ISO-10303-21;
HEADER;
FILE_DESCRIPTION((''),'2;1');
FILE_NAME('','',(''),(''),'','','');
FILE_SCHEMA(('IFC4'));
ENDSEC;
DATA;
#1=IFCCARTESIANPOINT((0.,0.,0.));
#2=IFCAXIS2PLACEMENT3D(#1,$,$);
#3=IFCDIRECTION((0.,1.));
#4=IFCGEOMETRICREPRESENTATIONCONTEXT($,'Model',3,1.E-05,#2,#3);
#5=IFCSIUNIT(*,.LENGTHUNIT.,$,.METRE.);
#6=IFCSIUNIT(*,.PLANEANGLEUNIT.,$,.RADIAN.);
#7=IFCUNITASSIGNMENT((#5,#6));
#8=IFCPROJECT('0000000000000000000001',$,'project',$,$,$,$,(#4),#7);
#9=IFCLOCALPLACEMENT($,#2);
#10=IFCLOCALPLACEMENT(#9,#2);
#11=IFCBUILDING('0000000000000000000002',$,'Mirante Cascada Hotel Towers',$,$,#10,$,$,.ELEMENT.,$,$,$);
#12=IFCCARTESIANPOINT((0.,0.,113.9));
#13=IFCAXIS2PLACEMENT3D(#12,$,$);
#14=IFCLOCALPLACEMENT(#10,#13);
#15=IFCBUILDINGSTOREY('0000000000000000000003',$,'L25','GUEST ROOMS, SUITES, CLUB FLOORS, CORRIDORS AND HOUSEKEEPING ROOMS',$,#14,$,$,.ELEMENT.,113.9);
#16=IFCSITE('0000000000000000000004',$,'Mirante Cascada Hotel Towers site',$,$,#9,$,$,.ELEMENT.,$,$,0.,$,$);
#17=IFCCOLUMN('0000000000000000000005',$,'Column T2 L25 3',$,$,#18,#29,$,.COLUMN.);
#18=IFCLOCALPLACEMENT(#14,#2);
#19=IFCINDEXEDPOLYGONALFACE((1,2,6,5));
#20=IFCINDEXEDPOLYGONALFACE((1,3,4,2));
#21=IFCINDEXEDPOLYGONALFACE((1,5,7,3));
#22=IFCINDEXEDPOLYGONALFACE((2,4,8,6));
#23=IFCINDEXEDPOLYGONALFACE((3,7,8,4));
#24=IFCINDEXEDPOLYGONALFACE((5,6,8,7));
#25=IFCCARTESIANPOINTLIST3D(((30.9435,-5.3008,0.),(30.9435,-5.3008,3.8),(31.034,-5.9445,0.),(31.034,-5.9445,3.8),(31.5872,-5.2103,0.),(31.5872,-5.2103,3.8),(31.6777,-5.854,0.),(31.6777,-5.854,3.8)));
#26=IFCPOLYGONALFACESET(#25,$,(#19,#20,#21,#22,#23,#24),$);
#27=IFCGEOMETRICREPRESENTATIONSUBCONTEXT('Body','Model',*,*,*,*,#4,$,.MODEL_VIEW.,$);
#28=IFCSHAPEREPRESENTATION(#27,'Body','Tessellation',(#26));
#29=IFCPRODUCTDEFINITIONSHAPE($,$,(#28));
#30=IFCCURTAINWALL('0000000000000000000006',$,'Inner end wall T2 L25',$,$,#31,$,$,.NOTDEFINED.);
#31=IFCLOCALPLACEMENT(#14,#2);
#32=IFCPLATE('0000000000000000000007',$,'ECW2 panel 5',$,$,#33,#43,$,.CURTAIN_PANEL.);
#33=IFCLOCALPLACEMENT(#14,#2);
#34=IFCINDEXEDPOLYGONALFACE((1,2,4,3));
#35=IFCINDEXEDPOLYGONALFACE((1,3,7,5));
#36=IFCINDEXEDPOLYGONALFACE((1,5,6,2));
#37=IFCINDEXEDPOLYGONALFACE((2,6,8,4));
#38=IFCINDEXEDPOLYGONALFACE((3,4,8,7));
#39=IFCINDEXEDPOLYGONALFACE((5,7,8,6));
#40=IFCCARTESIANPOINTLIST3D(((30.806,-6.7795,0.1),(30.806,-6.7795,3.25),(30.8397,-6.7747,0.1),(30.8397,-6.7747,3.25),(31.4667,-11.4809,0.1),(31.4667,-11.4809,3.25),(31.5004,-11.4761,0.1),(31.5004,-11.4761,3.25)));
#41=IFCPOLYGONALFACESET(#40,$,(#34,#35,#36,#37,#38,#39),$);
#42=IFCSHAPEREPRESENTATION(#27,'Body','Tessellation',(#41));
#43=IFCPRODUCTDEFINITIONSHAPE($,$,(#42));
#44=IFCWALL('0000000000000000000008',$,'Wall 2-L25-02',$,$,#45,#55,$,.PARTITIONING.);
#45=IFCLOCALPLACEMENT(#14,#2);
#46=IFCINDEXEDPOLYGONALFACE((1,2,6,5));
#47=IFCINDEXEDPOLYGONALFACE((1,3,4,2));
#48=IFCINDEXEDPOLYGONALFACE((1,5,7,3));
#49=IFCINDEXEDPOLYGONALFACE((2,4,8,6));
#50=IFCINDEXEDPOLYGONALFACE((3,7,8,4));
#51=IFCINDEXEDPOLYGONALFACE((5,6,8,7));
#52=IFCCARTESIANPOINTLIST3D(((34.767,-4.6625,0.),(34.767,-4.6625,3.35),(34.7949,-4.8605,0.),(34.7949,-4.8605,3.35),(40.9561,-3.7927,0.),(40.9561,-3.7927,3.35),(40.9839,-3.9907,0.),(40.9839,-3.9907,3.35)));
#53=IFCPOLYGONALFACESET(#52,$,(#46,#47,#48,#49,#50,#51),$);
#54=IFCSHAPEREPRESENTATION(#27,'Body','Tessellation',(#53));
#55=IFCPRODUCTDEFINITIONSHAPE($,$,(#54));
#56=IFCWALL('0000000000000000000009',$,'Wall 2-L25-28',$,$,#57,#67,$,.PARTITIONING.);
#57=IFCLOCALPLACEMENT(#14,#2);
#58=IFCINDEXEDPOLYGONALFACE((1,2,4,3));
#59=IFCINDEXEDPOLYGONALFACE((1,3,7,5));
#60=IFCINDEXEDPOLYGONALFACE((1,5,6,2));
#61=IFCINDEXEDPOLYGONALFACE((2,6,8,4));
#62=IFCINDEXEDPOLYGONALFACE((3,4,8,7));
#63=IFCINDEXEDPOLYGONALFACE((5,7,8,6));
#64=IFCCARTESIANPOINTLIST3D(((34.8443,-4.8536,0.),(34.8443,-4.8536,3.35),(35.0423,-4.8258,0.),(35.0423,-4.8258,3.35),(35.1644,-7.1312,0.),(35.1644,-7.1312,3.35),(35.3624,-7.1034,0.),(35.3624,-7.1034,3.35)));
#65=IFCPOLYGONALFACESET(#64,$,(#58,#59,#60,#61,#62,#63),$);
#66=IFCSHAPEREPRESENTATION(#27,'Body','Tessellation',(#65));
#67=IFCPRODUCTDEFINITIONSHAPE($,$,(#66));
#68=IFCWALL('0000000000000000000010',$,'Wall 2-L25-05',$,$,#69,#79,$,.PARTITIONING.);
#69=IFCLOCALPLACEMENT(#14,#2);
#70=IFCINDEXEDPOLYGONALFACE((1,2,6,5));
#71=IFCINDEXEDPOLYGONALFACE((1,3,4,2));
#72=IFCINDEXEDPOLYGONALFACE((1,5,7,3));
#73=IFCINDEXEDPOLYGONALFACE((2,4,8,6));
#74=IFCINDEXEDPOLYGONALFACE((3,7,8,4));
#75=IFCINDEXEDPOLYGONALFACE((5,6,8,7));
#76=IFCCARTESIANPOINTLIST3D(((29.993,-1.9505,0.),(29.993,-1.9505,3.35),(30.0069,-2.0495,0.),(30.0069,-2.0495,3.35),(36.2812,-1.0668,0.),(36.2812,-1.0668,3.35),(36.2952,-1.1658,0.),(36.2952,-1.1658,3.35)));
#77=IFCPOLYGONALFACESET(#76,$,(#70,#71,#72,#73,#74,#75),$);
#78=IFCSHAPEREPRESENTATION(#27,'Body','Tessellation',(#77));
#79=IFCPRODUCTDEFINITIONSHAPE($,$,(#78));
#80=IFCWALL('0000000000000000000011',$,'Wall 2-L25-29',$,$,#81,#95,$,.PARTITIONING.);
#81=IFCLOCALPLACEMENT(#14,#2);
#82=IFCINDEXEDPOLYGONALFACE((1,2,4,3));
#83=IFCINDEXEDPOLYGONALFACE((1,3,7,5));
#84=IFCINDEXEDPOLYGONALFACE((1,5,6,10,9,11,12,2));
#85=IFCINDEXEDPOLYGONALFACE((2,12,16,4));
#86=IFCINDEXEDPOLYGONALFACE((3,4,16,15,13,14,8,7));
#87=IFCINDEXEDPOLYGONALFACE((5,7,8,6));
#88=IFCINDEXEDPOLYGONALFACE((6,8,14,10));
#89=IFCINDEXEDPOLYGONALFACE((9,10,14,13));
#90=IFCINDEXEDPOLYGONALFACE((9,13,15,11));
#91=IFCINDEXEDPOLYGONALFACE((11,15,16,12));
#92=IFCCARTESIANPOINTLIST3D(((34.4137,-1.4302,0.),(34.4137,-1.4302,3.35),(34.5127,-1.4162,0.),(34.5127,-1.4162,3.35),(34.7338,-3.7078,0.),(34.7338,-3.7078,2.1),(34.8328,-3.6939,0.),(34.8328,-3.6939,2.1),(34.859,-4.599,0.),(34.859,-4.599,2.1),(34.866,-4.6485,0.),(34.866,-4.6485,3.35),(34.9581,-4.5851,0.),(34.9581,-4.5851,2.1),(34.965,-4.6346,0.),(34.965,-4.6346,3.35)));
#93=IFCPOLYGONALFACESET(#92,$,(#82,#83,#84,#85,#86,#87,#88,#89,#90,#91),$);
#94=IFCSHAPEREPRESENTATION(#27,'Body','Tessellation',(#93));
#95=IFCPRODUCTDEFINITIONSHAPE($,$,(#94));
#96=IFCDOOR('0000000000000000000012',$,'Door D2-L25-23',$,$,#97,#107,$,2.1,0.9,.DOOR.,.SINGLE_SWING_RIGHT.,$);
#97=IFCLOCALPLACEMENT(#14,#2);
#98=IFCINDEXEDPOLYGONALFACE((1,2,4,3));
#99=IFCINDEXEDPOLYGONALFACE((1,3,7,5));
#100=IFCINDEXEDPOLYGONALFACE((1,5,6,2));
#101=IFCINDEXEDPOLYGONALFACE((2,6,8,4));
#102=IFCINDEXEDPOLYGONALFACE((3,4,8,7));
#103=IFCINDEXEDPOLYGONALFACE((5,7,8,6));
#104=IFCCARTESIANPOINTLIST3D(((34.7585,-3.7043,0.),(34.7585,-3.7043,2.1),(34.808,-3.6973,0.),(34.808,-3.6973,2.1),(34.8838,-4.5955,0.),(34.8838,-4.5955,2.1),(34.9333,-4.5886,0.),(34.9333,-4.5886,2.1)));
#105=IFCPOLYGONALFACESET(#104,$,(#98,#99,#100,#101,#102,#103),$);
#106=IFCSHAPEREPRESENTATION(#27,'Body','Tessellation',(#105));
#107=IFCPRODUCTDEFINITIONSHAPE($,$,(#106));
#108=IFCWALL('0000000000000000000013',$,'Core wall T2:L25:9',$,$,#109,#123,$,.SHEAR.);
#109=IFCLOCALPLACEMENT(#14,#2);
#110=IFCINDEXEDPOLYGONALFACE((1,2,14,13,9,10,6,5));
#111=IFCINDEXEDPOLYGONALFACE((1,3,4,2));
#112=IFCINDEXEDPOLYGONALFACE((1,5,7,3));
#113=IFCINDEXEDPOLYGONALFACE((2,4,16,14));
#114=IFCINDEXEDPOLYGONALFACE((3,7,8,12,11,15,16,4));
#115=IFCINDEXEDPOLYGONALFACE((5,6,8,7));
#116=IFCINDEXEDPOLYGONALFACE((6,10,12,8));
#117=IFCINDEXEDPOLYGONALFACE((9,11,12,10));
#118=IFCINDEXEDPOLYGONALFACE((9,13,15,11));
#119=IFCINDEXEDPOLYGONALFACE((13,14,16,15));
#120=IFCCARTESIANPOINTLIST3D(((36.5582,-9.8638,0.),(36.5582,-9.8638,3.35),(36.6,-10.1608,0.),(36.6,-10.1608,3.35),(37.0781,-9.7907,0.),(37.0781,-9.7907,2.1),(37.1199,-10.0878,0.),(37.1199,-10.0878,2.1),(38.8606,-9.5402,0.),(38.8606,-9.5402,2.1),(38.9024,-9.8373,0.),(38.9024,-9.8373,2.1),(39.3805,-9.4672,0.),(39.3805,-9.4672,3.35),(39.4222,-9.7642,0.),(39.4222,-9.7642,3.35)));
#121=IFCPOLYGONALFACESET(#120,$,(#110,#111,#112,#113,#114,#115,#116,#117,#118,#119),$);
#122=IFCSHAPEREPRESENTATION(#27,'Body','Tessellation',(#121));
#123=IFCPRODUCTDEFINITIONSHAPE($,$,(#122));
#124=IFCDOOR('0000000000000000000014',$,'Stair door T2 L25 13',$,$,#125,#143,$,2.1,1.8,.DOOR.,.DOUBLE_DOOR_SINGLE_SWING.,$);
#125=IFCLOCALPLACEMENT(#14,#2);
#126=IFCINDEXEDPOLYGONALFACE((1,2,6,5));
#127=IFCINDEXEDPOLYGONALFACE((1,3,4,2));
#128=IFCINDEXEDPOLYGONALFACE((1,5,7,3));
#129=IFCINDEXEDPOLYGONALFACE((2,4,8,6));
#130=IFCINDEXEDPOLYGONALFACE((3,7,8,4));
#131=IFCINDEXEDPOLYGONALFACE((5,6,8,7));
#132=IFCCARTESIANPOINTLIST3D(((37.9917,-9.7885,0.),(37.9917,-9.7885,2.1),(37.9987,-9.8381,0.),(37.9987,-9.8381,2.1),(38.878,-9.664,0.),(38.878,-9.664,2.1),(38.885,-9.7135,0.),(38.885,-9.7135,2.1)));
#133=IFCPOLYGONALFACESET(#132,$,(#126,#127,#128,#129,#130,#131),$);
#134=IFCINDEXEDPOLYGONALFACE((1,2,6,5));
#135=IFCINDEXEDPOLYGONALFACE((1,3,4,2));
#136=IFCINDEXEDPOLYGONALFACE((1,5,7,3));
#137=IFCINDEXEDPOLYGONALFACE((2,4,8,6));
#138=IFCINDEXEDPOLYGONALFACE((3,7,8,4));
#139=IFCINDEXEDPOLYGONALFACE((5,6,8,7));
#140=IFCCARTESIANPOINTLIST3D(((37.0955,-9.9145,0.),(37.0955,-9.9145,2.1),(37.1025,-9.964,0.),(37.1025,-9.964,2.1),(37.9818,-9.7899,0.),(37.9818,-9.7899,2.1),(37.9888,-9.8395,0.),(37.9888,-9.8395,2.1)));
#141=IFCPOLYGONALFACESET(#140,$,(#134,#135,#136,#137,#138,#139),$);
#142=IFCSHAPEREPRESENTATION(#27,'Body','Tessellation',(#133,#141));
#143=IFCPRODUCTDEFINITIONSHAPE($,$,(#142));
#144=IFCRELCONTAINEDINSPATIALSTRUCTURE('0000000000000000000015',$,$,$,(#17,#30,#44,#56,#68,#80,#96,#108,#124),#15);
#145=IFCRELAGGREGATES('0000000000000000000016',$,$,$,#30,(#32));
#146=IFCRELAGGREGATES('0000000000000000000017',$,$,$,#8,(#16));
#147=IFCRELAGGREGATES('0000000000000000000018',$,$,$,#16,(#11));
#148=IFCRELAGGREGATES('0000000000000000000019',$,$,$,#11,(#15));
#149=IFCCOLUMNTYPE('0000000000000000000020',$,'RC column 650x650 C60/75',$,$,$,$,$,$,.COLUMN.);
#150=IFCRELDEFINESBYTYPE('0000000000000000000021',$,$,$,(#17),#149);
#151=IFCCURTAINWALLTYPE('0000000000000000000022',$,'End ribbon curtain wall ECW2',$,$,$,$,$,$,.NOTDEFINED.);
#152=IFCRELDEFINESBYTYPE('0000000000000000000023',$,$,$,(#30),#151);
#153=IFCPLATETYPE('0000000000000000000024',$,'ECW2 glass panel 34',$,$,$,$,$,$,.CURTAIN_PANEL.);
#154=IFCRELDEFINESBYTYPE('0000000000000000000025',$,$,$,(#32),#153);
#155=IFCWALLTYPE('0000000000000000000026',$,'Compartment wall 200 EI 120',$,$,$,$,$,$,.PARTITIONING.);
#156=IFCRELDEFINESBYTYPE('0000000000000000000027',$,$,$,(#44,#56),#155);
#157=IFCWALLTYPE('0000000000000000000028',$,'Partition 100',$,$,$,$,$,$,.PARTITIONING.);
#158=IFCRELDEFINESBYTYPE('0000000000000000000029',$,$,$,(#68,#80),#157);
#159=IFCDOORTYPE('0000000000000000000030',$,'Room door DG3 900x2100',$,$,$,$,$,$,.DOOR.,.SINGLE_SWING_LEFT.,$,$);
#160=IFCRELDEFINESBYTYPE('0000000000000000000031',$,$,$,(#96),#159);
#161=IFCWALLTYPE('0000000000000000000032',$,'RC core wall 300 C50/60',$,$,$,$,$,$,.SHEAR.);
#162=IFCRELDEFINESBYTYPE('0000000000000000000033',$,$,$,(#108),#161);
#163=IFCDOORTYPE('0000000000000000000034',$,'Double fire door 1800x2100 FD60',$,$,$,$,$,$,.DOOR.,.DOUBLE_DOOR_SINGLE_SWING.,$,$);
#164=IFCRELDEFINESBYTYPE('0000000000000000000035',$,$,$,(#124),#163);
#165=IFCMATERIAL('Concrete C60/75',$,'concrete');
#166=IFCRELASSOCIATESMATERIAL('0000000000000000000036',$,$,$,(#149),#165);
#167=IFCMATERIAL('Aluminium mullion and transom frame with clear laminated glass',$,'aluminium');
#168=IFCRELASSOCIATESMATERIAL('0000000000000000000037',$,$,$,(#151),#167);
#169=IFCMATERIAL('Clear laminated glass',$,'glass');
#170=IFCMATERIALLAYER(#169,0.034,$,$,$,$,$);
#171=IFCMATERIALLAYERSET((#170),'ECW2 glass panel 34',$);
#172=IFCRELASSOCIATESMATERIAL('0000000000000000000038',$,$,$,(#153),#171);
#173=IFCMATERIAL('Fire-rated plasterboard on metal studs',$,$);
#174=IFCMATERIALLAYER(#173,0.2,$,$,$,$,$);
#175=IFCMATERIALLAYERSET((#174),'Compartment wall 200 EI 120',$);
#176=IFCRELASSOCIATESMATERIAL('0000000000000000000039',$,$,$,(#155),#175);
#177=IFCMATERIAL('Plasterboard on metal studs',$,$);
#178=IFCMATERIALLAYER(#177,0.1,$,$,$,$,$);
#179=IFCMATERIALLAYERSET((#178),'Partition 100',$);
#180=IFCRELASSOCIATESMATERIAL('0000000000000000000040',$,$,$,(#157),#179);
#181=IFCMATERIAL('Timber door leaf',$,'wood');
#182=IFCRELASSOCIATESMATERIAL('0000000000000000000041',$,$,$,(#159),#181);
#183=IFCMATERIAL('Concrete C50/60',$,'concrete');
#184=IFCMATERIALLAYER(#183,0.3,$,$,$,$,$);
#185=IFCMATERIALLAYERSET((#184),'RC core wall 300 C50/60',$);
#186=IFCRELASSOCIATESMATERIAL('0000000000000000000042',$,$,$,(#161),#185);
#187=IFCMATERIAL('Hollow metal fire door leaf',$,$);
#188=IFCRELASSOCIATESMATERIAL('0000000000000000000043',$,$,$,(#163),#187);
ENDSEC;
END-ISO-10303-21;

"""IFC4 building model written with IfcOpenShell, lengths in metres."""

from ifc_helpers import new_model, si_unit, direction, frame, frame_2d, origin, origin_2d, place, context, subcontext, project, spatial, rectangle, extrude, material, layer, layer_set, material_profile, profile_set, type_object, element, fill, aggregate, save


model = new_model("IFC4")

# Units and contexts
model_context = context("Model", 3, precision=1e-05, world=origin(), true_north=direction((0.0, 1.0)))
body_context = subcontext(model_context, "Body", "Model", "MODEL_VIEW")
ifc_project = project(units=[si_unit("LENGTHUNIT", "METRE"), si_unit("PLANEANGLEUNIT", "RADIAN")], contexts=[model_context])

# Site, building, storey
site_placement = place(None, origin())
site = spatial("IfcSite", under=ifc_project, at=site_placement, Name="Mirante Cascada Hotel Towers site", CompositionType="ELEMENT", RefElevation=0.0)
building_placement = place(site_placement, origin())
building = spatial("IfcBuilding", under=site, at=building_placement, Name="Mirante Cascada Hotel Towers", CompositionType="ELEMENT")
storey_placement = place(building_placement, frame((0.0, 0.0, 113.9)))
storey = spatial("IfcBuildingStorey", under=building, at=storey_placement, Name="L25", Description="GUEST ROOMS, SUITES, CLUB FLOORS, CORRIDORS AND HOUSEKEEPING ROOMS", CompositionType="ELEMENT", Elevation=113.9)

# Column
ifc_material_1 = material(Name="Concrete C60/75", Category="concrete")
ifc_material_profile = material_profile(ifc_material_1, rectangle(XDim=0.65, YDim=0.65, at=origin_2d()), Name="RC column 650x650 C60/75")
ifc_profile_set = profile_set([ifc_material_profile], Name="Concrete C60/75")
column_type = type_object("IfcColumnType", Name="RC column 650x650 C60/75", PredefinedType="COLUMN", material=ifc_profile_set)
column_placement = place(storey_placement, frame((31.3106, -5.5774, 0.0), z_axis=(0.0, 0.0, 1.0), x_axis=(0.990268, 0.139173, 0.0)))
element("IfcColumn", 1, at=column_placement, inside=storey, type_object=column_type, Name="Column T2 L25 3", PredefinedType="COLUMN", context=body_context, shape_type="SweptSolid", body=[
    extrude(rectangle(XDim=0.65, YDim=0.65, at=origin_2d()), origin(), (0.0, 0.0, 1.0), 3.8),
])

# Curtain wall, plate
ifc_material_2 = material(Name="Aluminium mullion and transom frame with clear laminated glass", Category="aluminium")
curtain_wall_type = type_object("IfcCurtainWallType", Name="End ribbon curtain wall ECW2", PredefinedType="NOTDEFINED", material=ifc_material_2)
curtain_wall_placement = place(storey_placement, origin())
curtain_wall = element("IfcCurtainWall", 2, at=curtain_wall_placement, inside=storey, type_object=curtain_wall_type, Name="Inner end wall T2 L25", PredefinedType="NOTDEFINED")
ifc_material_3 = material(Name="Clear laminated glass", Category="glass")
ifc_layer_1 = layer(ifc_material_3, 0.034)
ifc_layer_set_1 = layer_set([ifc_layer_1], Name="ECW2 glass panel 34")
plate_type = type_object("IfcPlateType", Name="ECW2 glass panel 34", PredefinedType="CURTAIN_PANEL", material=ifc_layer_set_1)
plate_placement = place(storey_placement, frame((31.1532, -9.1278, 0.1), z_axis=(0.0, 0.0, 1.0), x_axis=(0.139173, -0.990268, 0.0)))
plate = element("IfcPlate", 3, at=plate_placement, type_object=plate_type, Name="ECW2 panel 5", PredefinedType="CURTAIN_PANEL", context=body_context, shape_type="SweptSolid", body=[
    extrude(rectangle(XDim=4.7476, YDim=0.034, at=origin_2d()), origin(), (0.0, 0.0, 1.0), 3.15),
])
aggregate(curtain_wall, [plate])

# Walls
ifc_material_4 = material(Name="Fire-rated plasterboard on metal studs")
ifc_layer_2 = layer(ifc_material_4, 0.2)
ifc_layer_set_2 = layer_set([ifc_layer_2], Name="Compartment wall 200 EI 120")
wall_type_1 = type_object("IfcWallType", Name="Compartment wall 200 EI 120", PredefinedType="PARTITIONING", material=ifc_layer_set_2)
wall_1_placement = place(storey_placement, frame((34.7809, -4.7615, 0.0), z_axis=(0.0, 0.0, 1.0), x_axis=(0.990268, 0.13917, 0.0)))
element("IfcWall", 4, at=wall_1_placement, inside=storey, type_object=wall_type_1, Name="Wall 2-L25-02", PredefinedType="PARTITIONING", context=body_context, shape_type="SweptSolid", body=[
    extrude(rectangle(XDim=6.2499, YDim=0.2, at=frame_2d((3.125, 0.0))), origin(), (0.0, 0.0, 1.0), 3.35),
])
wall_2_placement = place(storey_placement, frame((35.2634, -7.1173, 0.0), z_axis=(0.0, 0.0, 1.0), x_axis=(-0.139175, 0.990268, 0.0)))
element("IfcWall", 5, at=wall_2_placement, inside=storey, type_object=wall_type_1, Name="Wall 2-L25-28", PredefinedType="PARTITIONING", context=body_context, shape_type="SweptSolid", body=[
    extrude(rectangle(XDim=2.3, YDim=0.2, at=frame_2d((1.15, 0.0))), origin(), (0.0, 0.0, 1.0), 3.35),
])
ifc_material_5 = material(Name="Plasterboard on metal studs")
ifc_layer_3 = layer(ifc_material_5, 0.1)
ifc_layer_set_3 = layer_set([ifc_layer_3], Name="Partition 100")
wall_type_2 = type_object("IfcWallType", Name="Partition 100", PredefinedType="PARTITIONING", material=ifc_layer_set_3)
wall_3_placement = place(storey_placement, frame((36.2882, -1.1163, 0.0), z_axis=(0.0, 0.0, 1.0), x_axis=(-0.990269, -0.139166, 0.0)))
element("IfcWall", 6, at=wall_3_placement, inside=storey, type_object=wall_type_2, Name="Wall 2-L25-05", PredefinedType="PARTITIONING", context=body_context, shape_type="SweptSolid", body=[
    extrude(rectangle(XDim=6.35, YDim=0.1, at=frame_2d((3.175, 0.0))), origin(), (0.0, 0.0, 1.0), 3.35),
])

# Walls, openings, doors
wall_4_placement = place(storey_placement, frame((34.4632, -1.4232, 0.0), z_axis=(0.0, 0.0, 1.0), x_axis=(0.139168, -0.990269, 0.0)))
wall_4 = element("IfcWall", 7, at=wall_4_placement, inside=storey, type_object=wall_type_2, Name="Wall 2-L25-29", PredefinedType="PARTITIONING", context=body_context, shape_type="SweptSolid", body=[
    extrude(rectangle(XDim=3.25, YDim=0.1, at=frame_2d((1.625, 0.0))), origin(), (0.0, 0.0, 1.0), 3.35),
])
opening_1_placement = place(wall_4_placement, frame((2.3, 0.0, 0.0)))
opening_1 = element("IfcOpeningElement", 8, at=opening_1_placement, cuts=wall_4, PredefinedType="OPENING", context=body_context, shape_type="SweptSolid", body=[
    extrude(rectangle(XDim=0.9, YDim=2.1, at=frame_2d((0.45, 1.05))), frame((0.0, 0.05, 0.0), z_axis=(0.0, -1.0, 0.0), x_axis=(1.0, 0.0, 0.0)), (0.0, 0.0, 1.0), 0.1),
])
ifc_material_6 = material(Name="Timber door leaf", Category="wood")
door_type_1 = type_object("IfcDoorType", Name="Room door DG3 900x2100", OperationType="SINGLE_SWING_LEFT", PredefinedType="DOOR", material=ifc_material_6)
door_1_placement = place(opening_1_placement, frame((0.9, 0.0, 0.0), z_axis=(0.0, 0.0, 1.0), x_axis=(-1.0, 0.0, 0.0)))
door_1 = element("IfcDoor", 9, at=door_1_placement, inside=storey, type_object=door_type_1, Name="Door D2-L25-23", OperationType="SINGLE_SWING_RIGHT", OverallHeight=2.1, OverallWidth=0.9, PredefinedType="DOOR", context=body_context, shape_type="SweptSolid", body=[
    extrude(rectangle(XDim=0.9, YDim=2.1, at=frame_2d((0.45, 1.05))), frame((0.0, 0.025, 0.0), z_axis=(0.0, -1.0, 0.0), x_axis=(1.0, 0.0, 0.0)), (0.0, 0.0, 1.0), 0.05),
])
fill(opening_1, door_1)
ifc_material_7 = material(Name="Concrete C50/60", Category="concrete")
ifc_layer_4 = layer(ifc_material_7, 0.3)
ifc_layer_set_4 = layer_set([ifc_layer_4], Name="RC core wall 300 C50/60")
wall_type_3 = type_object("IfcWallType", Name="RC core wall 300 C50/60", PredefinedType="SHEAR", material=ifc_layer_set_4)
wall_5_placement = place(storey_placement, frame((36.5791, -10.0123, 0.0), z_axis=(0.0, 0.0, 1.0), x_axis=(0.99027, 0.139156, 0.0)))
wall_5 = element("IfcWall", 10, at=wall_5_placement, inside=storey, type_object=wall_type_3, Name="Core wall T2:L25:9", PredefinedType="SHEAR", context=body_context, shape_type="SweptSolid", body=[
    extrude(rectangle(XDim=2.85, YDim=0.3, at=frame_2d((1.425, 0.0))), origin(), (0.0, 0.0, 1.0), 3.35),
])
opening_2_placement = place(wall_5_placement, frame((0.525, 0.0, 0.0)))
opening_2 = element("IfcOpeningElement", 11, at=opening_2_placement, cuts=wall_5, PredefinedType="OPENING", context=body_context, shape_type="SweptSolid", body=[
    extrude(rectangle(XDim=1.8, YDim=2.1, at=frame_2d((0.9, 1.05))), frame((0.0, 0.15, 0.0), z_axis=(0.0, -1.0, 0.0), x_axis=(1.0, 0.0, 0.0)), (0.0, 0.0, 1.0), 0.3),
])
ifc_material_8 = material(Name="Hollow metal fire door leaf")
door_type_2 = type_object("IfcDoorType", Name="Double fire door 1800x2100 FD60", OperationType="DOUBLE_DOOR_SINGLE_SWING", PredefinedType="DOOR", material=ifc_material_8)
door_2_placement = place(opening_2_placement, frame((1.8, 0.0, 0.0), z_axis=(0.0, 0.0, 1.0), x_axis=(-1.0, 0.0, 0.0)))
door_2 = element("IfcDoor", 12, at=door_2_placement, inside=storey, type_object=door_type_2, Name="Stair door T2 L25 13", OperationType="DOUBLE_DOOR_SINGLE_SWING", OverallHeight=2.1, OverallWidth=1.8, PredefinedType="DOOR", context=body_context, shape_type="SweptSolid", body=[
    extrude(rectangle(XDim=0.895, YDim=2.1, at=frame_2d((0.4475, 1.05))), frame((0.0, 0.025, 0.0), z_axis=(0.0, -1.0, 0.0), x_axis=(1.0, 0.0, 0.0)), (0.0, 0.0, 1.0), 0.05),
    extrude(rectangle(XDim=0.895, YDim=2.1, at=frame_2d((1.3525, 1.05))), frame((0.0, 0.025, 0.0), z_axis=(0.0, -1.0, 0.0), x_axis=(1.0, 0.0, 0.0)), (0.0, 0.0, 1.0), 0.05),
])
fill(opening_2, door_2)

save(model, "model.ifc")
